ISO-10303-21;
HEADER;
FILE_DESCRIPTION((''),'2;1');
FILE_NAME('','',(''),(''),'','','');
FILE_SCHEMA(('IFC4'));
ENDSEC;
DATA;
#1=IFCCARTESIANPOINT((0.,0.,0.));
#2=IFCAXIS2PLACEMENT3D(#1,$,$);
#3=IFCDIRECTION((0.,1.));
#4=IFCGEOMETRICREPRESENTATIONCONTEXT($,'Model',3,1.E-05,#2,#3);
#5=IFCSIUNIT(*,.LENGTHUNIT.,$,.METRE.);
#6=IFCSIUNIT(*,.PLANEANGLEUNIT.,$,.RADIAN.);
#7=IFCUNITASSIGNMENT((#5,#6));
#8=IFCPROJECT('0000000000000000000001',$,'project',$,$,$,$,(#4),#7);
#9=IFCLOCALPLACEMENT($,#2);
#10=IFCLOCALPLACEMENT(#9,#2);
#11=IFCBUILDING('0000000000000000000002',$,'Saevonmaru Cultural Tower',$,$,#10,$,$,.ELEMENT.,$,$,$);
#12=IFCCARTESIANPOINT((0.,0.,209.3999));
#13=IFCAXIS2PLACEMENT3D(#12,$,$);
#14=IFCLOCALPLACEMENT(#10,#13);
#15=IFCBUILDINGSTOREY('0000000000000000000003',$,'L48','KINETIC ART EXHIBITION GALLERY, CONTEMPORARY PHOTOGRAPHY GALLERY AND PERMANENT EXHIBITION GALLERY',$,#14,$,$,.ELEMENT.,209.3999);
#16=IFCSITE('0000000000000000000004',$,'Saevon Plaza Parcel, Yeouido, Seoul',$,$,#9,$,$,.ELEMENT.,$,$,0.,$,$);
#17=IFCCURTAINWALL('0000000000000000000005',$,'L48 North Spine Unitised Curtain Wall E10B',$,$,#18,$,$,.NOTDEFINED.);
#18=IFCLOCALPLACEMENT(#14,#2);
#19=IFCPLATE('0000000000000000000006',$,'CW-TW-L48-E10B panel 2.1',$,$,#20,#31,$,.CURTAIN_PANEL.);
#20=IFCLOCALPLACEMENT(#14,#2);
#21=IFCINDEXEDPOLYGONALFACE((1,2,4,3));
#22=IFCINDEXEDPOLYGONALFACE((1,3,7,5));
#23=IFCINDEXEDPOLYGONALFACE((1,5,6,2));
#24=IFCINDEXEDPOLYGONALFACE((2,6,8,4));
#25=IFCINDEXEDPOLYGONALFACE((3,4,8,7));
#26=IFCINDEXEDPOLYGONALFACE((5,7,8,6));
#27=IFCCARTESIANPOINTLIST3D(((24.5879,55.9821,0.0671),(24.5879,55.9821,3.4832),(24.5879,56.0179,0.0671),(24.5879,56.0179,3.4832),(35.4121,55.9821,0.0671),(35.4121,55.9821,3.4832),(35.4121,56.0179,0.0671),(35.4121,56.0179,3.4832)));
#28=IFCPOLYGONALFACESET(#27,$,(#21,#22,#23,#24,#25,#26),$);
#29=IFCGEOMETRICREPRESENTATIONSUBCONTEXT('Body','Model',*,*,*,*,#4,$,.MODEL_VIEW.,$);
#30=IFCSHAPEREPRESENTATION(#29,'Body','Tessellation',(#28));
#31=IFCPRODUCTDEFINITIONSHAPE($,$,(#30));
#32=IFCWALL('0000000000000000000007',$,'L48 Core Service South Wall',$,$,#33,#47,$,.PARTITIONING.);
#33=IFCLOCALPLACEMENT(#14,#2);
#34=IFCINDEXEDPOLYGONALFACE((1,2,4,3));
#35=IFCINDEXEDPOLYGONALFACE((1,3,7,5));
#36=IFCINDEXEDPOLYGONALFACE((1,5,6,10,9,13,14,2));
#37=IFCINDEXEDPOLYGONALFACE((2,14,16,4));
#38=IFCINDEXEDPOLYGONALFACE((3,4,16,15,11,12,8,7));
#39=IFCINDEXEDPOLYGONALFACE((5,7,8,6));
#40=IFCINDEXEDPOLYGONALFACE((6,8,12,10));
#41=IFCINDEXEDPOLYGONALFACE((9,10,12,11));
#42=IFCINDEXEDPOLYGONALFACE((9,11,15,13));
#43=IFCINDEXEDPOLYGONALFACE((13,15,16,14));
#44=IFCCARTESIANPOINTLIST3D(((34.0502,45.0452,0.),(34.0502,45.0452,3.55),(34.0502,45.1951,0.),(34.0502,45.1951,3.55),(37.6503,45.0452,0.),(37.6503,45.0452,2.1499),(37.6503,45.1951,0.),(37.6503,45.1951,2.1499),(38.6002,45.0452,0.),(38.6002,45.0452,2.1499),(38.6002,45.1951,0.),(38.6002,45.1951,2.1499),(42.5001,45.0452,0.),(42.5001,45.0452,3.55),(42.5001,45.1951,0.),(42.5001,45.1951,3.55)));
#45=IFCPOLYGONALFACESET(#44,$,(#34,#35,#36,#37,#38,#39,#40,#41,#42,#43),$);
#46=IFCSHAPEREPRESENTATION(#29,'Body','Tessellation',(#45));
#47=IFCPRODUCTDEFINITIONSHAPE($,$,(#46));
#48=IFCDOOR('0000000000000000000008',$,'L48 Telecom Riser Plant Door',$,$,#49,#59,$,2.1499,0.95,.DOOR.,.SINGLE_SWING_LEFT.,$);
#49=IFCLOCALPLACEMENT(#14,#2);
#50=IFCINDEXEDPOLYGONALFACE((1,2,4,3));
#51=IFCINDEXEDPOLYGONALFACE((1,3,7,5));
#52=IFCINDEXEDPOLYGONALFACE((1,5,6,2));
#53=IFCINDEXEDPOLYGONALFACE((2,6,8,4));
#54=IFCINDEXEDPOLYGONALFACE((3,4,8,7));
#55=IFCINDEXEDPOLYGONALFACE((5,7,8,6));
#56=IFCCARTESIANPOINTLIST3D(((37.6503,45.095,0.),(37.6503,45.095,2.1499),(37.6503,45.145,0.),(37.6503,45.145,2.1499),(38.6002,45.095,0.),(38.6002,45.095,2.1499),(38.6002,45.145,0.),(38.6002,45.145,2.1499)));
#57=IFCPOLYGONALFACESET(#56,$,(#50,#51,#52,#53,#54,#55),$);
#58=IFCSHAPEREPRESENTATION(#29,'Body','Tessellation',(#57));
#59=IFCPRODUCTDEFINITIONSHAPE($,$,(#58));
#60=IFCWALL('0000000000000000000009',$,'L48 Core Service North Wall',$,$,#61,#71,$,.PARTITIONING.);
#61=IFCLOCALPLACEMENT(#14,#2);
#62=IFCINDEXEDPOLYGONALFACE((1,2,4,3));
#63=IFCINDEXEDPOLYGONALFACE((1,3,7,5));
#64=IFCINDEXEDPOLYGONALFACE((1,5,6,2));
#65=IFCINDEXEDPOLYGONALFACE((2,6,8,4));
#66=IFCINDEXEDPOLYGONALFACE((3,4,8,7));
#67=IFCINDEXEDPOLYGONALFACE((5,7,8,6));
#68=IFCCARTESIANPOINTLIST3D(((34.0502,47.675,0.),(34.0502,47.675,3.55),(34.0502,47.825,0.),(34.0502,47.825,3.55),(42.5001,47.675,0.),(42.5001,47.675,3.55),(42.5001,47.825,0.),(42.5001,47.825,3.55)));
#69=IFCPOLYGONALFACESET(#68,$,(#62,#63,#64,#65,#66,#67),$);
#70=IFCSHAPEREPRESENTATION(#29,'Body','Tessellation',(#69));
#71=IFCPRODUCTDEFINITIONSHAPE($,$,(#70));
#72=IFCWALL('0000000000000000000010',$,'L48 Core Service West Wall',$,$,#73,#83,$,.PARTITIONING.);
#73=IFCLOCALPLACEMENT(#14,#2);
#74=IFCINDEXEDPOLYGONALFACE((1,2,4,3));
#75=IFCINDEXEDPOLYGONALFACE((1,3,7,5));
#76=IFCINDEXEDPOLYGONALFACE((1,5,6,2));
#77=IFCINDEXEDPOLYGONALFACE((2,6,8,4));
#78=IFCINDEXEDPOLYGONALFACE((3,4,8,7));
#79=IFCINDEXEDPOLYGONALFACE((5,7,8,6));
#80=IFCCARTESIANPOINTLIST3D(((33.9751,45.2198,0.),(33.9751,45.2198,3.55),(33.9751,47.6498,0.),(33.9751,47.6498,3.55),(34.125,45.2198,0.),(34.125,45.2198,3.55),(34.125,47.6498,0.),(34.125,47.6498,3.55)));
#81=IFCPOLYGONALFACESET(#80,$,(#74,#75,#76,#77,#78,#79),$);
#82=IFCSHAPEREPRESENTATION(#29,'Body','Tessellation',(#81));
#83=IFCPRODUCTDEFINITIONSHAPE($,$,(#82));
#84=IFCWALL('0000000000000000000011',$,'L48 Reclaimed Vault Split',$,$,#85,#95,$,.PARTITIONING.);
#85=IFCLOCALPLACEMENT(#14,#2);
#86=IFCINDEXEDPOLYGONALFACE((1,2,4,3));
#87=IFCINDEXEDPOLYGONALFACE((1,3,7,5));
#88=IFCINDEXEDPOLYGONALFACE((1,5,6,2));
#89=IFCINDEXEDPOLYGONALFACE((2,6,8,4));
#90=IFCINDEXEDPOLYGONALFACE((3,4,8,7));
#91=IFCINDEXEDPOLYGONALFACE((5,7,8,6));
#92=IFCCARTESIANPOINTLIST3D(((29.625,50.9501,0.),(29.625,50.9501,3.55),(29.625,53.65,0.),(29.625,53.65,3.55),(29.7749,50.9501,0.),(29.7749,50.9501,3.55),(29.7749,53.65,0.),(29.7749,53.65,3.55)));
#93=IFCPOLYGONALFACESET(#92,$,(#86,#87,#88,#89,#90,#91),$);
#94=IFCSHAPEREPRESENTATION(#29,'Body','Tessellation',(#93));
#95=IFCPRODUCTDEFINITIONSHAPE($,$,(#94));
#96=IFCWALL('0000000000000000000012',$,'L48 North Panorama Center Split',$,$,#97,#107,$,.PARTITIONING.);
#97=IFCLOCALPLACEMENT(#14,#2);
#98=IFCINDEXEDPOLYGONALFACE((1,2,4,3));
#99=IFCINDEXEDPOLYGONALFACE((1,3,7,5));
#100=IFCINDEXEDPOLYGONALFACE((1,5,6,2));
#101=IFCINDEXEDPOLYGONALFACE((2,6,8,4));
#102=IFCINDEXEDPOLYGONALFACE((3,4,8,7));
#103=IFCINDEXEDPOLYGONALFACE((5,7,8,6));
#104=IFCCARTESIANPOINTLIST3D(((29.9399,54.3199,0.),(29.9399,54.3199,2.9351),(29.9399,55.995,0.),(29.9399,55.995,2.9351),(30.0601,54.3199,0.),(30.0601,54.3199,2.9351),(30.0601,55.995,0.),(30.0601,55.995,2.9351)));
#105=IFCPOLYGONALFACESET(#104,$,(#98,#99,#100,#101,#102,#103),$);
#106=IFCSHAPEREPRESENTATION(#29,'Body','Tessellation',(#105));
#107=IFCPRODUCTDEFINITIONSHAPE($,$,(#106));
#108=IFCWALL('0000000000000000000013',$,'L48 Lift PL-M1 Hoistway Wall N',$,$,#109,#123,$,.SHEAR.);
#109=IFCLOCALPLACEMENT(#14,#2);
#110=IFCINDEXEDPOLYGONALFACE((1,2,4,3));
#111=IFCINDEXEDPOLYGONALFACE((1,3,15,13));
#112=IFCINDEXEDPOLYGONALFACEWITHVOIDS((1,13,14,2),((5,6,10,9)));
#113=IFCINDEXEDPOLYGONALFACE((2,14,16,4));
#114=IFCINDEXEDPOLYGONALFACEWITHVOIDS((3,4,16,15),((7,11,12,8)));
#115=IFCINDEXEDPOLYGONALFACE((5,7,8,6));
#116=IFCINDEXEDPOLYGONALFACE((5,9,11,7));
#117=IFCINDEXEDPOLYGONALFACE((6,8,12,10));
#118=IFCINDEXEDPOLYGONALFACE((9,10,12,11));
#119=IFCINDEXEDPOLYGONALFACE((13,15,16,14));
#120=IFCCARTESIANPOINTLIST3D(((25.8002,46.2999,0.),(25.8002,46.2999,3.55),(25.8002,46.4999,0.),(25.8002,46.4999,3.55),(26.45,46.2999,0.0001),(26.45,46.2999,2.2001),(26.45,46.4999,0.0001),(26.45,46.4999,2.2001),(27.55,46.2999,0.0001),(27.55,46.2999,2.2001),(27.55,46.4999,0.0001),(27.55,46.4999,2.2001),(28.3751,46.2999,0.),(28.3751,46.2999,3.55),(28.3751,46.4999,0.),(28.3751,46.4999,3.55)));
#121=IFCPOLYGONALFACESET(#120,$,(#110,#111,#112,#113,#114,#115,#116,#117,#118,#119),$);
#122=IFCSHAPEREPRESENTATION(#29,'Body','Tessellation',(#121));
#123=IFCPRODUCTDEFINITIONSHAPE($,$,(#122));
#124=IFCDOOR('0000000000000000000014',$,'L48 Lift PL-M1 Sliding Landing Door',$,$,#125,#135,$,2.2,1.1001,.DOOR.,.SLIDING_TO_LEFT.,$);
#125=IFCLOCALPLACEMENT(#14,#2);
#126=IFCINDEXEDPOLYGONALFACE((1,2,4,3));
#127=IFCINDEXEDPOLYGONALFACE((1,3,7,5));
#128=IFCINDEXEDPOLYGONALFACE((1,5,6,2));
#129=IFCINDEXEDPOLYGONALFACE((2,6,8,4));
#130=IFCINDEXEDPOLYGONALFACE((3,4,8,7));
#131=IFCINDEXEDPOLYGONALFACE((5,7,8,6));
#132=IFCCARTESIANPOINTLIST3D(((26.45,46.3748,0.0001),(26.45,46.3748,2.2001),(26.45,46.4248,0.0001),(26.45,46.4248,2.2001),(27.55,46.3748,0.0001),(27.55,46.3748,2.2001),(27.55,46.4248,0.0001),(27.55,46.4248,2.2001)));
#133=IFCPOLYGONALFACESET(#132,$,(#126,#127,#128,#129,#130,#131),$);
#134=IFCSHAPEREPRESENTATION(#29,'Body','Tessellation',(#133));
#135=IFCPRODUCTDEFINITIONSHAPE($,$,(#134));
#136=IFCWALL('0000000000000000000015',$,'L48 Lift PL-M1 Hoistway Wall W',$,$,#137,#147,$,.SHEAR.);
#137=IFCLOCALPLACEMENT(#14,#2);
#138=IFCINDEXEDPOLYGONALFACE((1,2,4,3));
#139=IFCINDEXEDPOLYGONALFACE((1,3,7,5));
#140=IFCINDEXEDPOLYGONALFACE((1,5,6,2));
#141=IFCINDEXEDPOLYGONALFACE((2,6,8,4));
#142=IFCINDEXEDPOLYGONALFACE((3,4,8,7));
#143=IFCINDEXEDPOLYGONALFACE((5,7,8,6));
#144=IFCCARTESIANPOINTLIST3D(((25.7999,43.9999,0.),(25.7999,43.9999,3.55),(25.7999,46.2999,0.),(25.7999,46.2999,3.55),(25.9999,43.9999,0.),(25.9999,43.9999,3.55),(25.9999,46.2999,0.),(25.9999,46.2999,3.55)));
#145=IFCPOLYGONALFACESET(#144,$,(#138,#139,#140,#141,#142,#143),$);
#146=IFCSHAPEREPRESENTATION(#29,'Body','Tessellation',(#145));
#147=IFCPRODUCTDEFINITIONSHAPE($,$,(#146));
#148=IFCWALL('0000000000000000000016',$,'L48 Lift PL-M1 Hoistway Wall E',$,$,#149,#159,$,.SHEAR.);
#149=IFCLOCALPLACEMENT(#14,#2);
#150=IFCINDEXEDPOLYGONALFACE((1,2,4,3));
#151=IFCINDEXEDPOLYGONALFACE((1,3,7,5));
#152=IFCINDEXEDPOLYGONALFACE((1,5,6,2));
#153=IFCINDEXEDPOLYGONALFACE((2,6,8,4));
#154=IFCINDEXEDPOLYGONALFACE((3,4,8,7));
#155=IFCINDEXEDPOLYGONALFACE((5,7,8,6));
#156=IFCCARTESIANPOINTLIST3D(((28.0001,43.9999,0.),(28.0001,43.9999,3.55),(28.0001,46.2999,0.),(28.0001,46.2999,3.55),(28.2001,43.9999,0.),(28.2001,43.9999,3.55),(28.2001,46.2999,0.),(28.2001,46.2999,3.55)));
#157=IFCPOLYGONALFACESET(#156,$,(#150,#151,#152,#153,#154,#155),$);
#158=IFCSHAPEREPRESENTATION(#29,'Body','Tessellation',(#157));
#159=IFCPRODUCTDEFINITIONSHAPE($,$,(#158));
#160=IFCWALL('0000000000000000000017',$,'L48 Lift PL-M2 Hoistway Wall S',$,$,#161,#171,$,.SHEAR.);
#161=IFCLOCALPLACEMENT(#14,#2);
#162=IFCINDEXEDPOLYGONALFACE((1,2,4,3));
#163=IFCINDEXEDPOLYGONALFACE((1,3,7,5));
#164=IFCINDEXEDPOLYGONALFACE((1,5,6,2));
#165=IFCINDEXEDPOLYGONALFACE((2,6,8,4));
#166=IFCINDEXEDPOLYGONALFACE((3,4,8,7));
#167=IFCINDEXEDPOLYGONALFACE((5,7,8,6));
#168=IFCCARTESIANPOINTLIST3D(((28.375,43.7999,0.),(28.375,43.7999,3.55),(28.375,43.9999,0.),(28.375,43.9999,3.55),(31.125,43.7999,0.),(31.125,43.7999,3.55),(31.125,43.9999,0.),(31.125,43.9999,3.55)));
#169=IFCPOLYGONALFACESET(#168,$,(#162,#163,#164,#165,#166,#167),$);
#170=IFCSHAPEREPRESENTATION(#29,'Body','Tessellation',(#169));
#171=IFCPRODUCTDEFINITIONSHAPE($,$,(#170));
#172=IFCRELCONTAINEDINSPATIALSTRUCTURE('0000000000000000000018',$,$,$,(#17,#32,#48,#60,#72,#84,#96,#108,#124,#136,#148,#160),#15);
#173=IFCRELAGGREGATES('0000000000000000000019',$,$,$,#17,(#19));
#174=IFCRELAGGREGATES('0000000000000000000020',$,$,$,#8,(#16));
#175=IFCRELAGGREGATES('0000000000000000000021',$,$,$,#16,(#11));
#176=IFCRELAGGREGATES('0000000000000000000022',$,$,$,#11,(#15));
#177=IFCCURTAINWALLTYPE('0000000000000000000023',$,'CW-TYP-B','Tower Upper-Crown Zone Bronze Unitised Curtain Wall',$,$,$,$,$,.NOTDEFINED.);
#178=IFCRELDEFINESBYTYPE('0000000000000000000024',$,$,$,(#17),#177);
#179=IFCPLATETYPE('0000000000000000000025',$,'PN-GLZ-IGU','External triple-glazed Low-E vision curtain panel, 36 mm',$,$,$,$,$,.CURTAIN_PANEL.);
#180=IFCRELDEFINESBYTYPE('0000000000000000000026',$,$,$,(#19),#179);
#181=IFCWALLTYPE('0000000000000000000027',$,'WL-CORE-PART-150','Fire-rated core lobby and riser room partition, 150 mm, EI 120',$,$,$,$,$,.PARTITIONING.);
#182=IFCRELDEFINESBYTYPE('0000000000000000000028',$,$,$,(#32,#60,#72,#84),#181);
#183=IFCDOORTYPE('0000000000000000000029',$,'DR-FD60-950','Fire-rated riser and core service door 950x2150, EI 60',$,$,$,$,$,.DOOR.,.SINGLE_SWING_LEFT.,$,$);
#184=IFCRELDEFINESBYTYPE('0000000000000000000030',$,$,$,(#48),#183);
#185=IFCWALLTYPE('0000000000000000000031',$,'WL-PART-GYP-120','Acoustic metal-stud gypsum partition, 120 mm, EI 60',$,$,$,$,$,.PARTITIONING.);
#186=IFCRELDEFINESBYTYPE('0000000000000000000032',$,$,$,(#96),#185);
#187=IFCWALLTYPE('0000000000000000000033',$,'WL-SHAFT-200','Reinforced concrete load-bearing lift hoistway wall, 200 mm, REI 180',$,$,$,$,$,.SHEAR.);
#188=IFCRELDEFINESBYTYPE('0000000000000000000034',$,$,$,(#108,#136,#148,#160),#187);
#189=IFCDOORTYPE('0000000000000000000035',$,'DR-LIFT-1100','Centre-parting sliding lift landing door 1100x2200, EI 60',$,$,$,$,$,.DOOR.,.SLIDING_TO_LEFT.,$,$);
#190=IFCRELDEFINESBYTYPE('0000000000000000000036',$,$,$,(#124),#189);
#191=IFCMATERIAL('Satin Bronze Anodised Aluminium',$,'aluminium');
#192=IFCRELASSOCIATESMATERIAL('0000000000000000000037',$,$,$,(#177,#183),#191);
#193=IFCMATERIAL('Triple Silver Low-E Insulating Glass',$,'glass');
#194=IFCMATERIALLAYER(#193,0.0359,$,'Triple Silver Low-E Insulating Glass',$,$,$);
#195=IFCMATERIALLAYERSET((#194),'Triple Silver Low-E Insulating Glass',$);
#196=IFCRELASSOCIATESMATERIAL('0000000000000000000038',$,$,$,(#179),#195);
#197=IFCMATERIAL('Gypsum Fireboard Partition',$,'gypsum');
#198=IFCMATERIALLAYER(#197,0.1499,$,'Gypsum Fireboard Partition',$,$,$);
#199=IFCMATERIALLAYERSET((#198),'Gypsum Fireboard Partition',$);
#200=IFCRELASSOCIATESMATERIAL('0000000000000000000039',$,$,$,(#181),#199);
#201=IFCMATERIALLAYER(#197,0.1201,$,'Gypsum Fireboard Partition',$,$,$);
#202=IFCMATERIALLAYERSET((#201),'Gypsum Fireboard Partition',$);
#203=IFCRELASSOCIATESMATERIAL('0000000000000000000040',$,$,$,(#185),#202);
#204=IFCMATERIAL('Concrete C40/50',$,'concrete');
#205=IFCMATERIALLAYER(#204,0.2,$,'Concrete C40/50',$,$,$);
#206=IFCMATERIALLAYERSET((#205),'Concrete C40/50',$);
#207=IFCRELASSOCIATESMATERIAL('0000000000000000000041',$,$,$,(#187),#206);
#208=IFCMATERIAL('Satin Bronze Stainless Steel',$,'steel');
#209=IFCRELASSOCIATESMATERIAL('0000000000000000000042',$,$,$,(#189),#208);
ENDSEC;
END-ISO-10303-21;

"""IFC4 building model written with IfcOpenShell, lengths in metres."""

from ifc_helpers import new_model, si_unit, direction, frame, frame_2d, origin, origin_2d, place, context, subcontext, project, spatial, rectangle, extrude, material, layer, layer_set, type_object, element, fill, aggregate, save


model = new_model("IFC4")

# Units and contexts
model_context = context("Model", 3, precision=1e-05, world=origin(), true_north=direction((0.0, 1.0)))
body_context = subcontext(model_context, "Body", "Model", "MODEL_VIEW")
ifc_project = project(units=[si_unit("LENGTHUNIT", "METRE"), si_unit("PLANEANGLEUNIT", "RADIAN")], contexts=[model_context])

# Site, building, storey
site_placement = place(None, origin())
site = spatial("IfcSite", under=ifc_project, at=site_placement, Name="Saevon Plaza Parcel, Yeouido, Seoul", CompositionType="ELEMENT", RefElevation=0.0)
building_placement = place(site_placement, origin())
building = spatial("IfcBuilding", under=site, at=building_placement, Name="Saevonmaru Cultural Tower", CompositionType="ELEMENT")
storey_placement = place(building_placement, frame((0.0, 0.0, 209.3999)))
storey = spatial("IfcBuildingStorey", under=building, at=storey_placement, Name="L48", Description="KINETIC ART EXHIBITION GALLERY, CONTEMPORARY PHOTOGRAPHY GALLERY AND PERMANENT EXHIBITION GALLERY", CompositionType="ELEMENT", Elevation=209.3999)

# Curtain wall, plate
ifc_material_1 = material(Name="Satin Bronze Anodised Aluminium", Category="aluminium")
curtain_wall_type = type_object("IfcCurtainWallType", Name="CW-TYP-B", Description="Tower Upper-Crown Zone Bronze Unitised Curtain Wall", PredefinedType="NOTDEFINED", material=ifc_material_1)
curtain_wall_placement = place(storey_placement, origin())
curtain_wall = element("IfcCurtainWall", 1, at=curtain_wall_placement, inside=storey, type_object=curtain_wall_type, Name="L48 North Spine Unitised Curtain Wall E10B", PredefinedType="NOTDEFINED")
ifc_material_2 = material(Name="Triple Silver Low-E Insulating Glass", Category="glass")
ifc_layer_1 = layer(ifc_material_2, 0.0359, Name="Triple Silver Low-E Insulating Glass")
ifc_layer_set_1 = layer_set([ifc_layer_1], Name="Triple Silver Low-E Insulating Glass")
plate_type = type_object("IfcPlateType", Name="PN-GLZ-IGU", Description="External triple-glazed Low-E vision curtain panel, 36 mm", PredefinedType="CURTAIN_PANEL", material=ifc_layer_set_1)
plate_placement = place(storey_placement, frame((30.0, 56.0, 0.0671), z_axis=(0.0, 0.0, 1.0), x_axis=(-1.0, 0.0, 0.0)))
plate = element("IfcPlate", 2, at=plate_placement, type_object=plate_type, Name="CW-TW-L48-E10B panel 2.1", PredefinedType="CURTAIN_PANEL", context=body_context, shape_type="SweptSolid", body=[
    extrude(rectangle(XDim=10.8242, YDim=0.0359, at=origin_2d()), origin(), (0.0, 0.0, 1.0), 3.416),
])
aggregate(curtain_wall, [plate])

# Wall, opening, door
ifc_material_3 = material(Name="Gypsum Fireboard Partition", Category="gypsum")
ifc_layer_2 = layer(ifc_material_3, 0.1499, Name="Gypsum Fireboard Partition")
ifc_layer_set_2 = layer_set([ifc_layer_2], Name="Gypsum Fireboard Partition")
wall_type_1 = type_object("IfcWallType", Name="WL-CORE-PART-150", Description="Fire-rated core lobby and riser room partition, 150 mm, EI 120", PredefinedType="PARTITIONING", material=ifc_layer_set_2)
wall_1_placement = place(storey_placement, frame((34.05, 45.1201, 0.0), z_axis=(0.0, 0.0, 1.0), x_axis=(1.0, 0.0, 0.0)))
wall_1 = element("IfcWall", 3, at=wall_1_placement, inside=storey, type_object=wall_type_1, Name="L48 Core Service South Wall", PredefinedType="PARTITIONING", context=body_context, shape_type="SweptSolid", body=[
    extrude(rectangle(XDim=8.45, YDim=0.1499, at=frame_2d((4.2251, 0.0))), origin(), (0.0, 0.0, 1.0), 3.55),
])
opening_1_placement = place(wall_1_placement, frame((3.6001, 0.0, 0.0)))
opening_1 = element("IfcOpeningElement", 4, at=opening_1_placement, cuts=wall_1, PredefinedType="OPENING", context=body_context, shape_type="SweptSolid", body=[
    extrude(rectangle(XDim=0.95, YDim=2.1499, at=frame_2d((0.4751, 1.075))), frame((0.0, 0.085, 0.0), z_axis=(0.0, -1.0, 0.0), x_axis=(1.0, 0.0, 0.0)), (0.0, 0.0, 1.0), 0.1699),
])
door_type_1 = type_object("IfcDoorType", Name="DR-FD60-950", Description="Fire-rated riser and core service door 950x2150, EI 60", OperationType="SINGLE_SWING_LEFT", PredefinedType="DOOR", material=ifc_material_1)
door_1_placement = place(opening_1_placement, origin())
door_1 = element("IfcDoor", 5, at=door_1_placement, inside=storey, type_object=door_type_1, Name="L48 Telecom Riser Plant Door", OperationType="SINGLE_SWING_LEFT", OverallHeight=2.1499, OverallWidth=0.95, PredefinedType="DOOR", context=body_context, shape_type="SweptSolid", body=[
    extrude(rectangle(XDim=0.95, YDim=2.1499, at=frame_2d((0.4751, 1.075))), frame((0.0, 0.0249, 0.0), z_axis=(0.0, -1.0, 0.0), x_axis=(1.0, 0.0, 0.0)), (0.0, 0.0, 1.0), 0.05),
])
fill(opening_1, door_1)

# Walls
wall_2_placement = place(storey_placement, frame((34.05, 47.75, 0.0), z_axis=(0.0, 0.0, 1.0), x_axis=(1.0, 0.0, 0.0)))
element("IfcWall", 6, at=wall_2_placement, inside=storey, type_object=wall_type_1, Name="L48 Core Service North Wall", PredefinedType="PARTITIONING", context=body_context, shape_type="SweptSolid", body=[
    extrude(rectangle(XDim=8.45, YDim=0.1499, at=frame_2d((4.2251, 0.0))), origin(), (0.0, 0.0, 1.0), 3.55),
])
wall_3_placement = place(storey_placement, frame((34.05, 45.22, 0.0), z_axis=(0.0, 0.0, 1.0), x_axis=(0.0, 1.0, 0.0)))
element("IfcWall", 7, at=wall_3_placement, inside=storey, type_object=wall_type_1, Name="L48 Core Service West Wall", PredefinedType="PARTITIONING", context=body_context, shape_type="SweptSolid", body=[
    extrude(rectangle(XDim=2.4299, YDim=0.1499, at=frame_2d((1.2148, 0.0))), origin(), (0.0, 0.0, 1.0), 3.55),
])

# Walls
wall_4_placement = place(storey_placement, frame((29.7, 50.95, 0.0), z_axis=(0.0, 0.0, 1.0), x_axis=(0.0, 1.0, 0.0)))
element("IfcWall", 8, at=wall_4_placement, inside=storey, type_object=wall_type_1, Name="L48 Reclaimed Vault Split", PredefinedType="PARTITIONING", context=body_context, shape_type="SweptSolid", body=[
    extrude(rectangle(XDim=2.7, YDim=0.1499, at=frame_2d((1.3501, 0.0))), origin(), (0.0, 0.0, 1.0), 3.55),
])
ifc_layer_3 = layer(ifc_material_3, 0.1201, Name="Gypsum Fireboard Partition")
ifc_layer_set_3 = layer_set([ifc_layer_3], Name="Gypsum Fireboard Partition")
wall_type_2 = type_object("IfcWallType", Name="WL-PART-GYP-120", Description="Acoustic metal-stud gypsum partition, 120 mm, EI 60", PredefinedType="PARTITIONING", material=ifc_layer_set_3)
wall_5_placement = place(storey_placement, frame((30.0, 54.3201, 0.0), z_axis=(0.0, 0.0, 1.0), x_axis=(0.0, 1.0, 0.0)))
element("IfcWall", 9, at=wall_5_placement, inside=storey, type_object=wall_type_2, Name="L48 North Panorama Center Split", PredefinedType="PARTITIONING", context=body_context, shape_type="SweptSolid", body=[
    extrude(rectangle(XDim=1.675, YDim=0.1201, at=frame_2d((0.8374, 0.0))), origin(), (0.0, 0.0, 1.0), 2.9351),
])

# Wall, opening, door
ifc_material_4 = material(Name="Concrete C40/50", Category="concrete")
ifc_layer_4 = layer(ifc_material_4, 0.2, Name="Concrete C40/50")
ifc_layer_set_4 = layer_set([ifc_layer_4], Name="Concrete C40/50")
wall_type_3 = type_object("IfcWallType", Name="WL-SHAFT-200", Description="Reinforced concrete load-bearing lift hoistway wall, 200 mm, REI 180", PredefinedType="SHEAR", material=ifc_layer_set_4)
wall_6_placement = place(storey_placement, frame((25.8, 46.3999, 0.0), z_axis=(0.0, 0.0, 1.0), x_axis=(1.0, 0.0, 0.0)))
wall_6 = element("IfcWall", 10, at=wall_6_placement, inside=storey, type_object=wall_type_3, Name="L48 Lift PL-M1 Hoistway Wall N", PredefinedType="SHEAR", context=body_context, shape_type="SweptSolid", body=[
    extrude(rectangle(XDim=2.575, YDim=0.2, at=frame_2d((1.2876, 0.0))), origin(), (0.0, 0.0, 1.0), 3.55),
])
opening_2_placement = place(wall_6_placement, frame((0.6499, 0.0, 0.0)))
opening_2 = element("IfcOpeningElement", 11, at=opening_2_placement, cuts=wall_6, PredefinedType="OPENING", context=body_context, shape_type="SweptSolid", body=[
    extrude(rectangle(XDim=1.1001, YDim=2.2, at=frame_2d((0.55, 1.1001))), frame((0.0, 0.1099, 0.0), z_axis=(0.0, -1.0, 0.0), x_axis=(1.0, 0.0, 0.0)), (0.0, 0.0, 1.0), 0.22),
])
ifc_material_5 = material(Name="Satin Bronze Stainless Steel", Category="steel")
door_type_2 = type_object("IfcDoorType", Name="DR-LIFT-1100", Description="Centre-parting sliding lift landing door 1100x2200, EI 60", OperationType="SLIDING_TO_LEFT", PredefinedType="DOOR", material=ifc_material_5)
door_2_placement = place(opening_2_placement, origin())
door_2 = element("IfcDoor", 12, at=door_2_placement, inside=storey, type_object=door_type_2, Name="L48 Lift PL-M1 Sliding Landing Door", OperationType="SLIDING_TO_LEFT", OverallHeight=2.2, OverallWidth=1.1001, PredefinedType="DOOR", context=body_context, shape_type="SweptSolid", body=[
    extrude(rectangle(XDim=1.1001, YDim=2.2, at=frame_2d((0.55, 1.1001))), frame((0.0, 0.0249, 0.0), z_axis=(0.0, -1.0, 0.0), x_axis=(1.0, 0.0, 0.0)), (0.0, 0.0, 1.0), 0.05),
])
fill(opening_2, door_2)

# Walls
for number, where, z_axis, x_axis, name in (
    (13, (25.8999, 44.0, 0.0), (0.0, 0.0, 1.0), (0.0, 1.0, 0.0), "L48 Lift PL-M1 Hoistway Wall W"),
    (14, (28.1001, 44.0, 0.0), (0.0, 0.0, 1.0), (0.0, 1.0, 0.0), "L48 Lift PL-M1 Hoistway Wall E"),
):
    element("IfcWall", number, at=place(storey_placement, frame(where, z_axis=z_axis, x_axis=x_axis)), inside=storey, type_object=wall_type_3, Name=name, PredefinedType="SHEAR", context=body_context, shape_type="SweptSolid", body=[
        extrude(rectangle(XDim=2.3, YDim=0.2, at=frame_2d((1.1499, 0.0))), origin(), (0.0, 0.0, 1.0), 3.55),
    ])
wall_7_placement = place(storey_placement, frame((28.375, 43.8999, 0.0), z_axis=(0.0, 0.0, 1.0), x_axis=(1.0, 0.0, 0.0)))
element("IfcWall", 15, at=wall_7_placement, inside=storey, type_object=wall_type_3, Name="L48 Lift PL-M2 Hoistway Wall S", PredefinedType="SHEAR", context=body_context, shape_type="SweptSolid", body=[
    extrude(rectangle(XDim=2.75, YDim=0.2, at=frame_2d((1.375, 0.0))), origin(), (0.0, 0.0, 1.0), 3.55),
])

save(model, "model.ifc")
